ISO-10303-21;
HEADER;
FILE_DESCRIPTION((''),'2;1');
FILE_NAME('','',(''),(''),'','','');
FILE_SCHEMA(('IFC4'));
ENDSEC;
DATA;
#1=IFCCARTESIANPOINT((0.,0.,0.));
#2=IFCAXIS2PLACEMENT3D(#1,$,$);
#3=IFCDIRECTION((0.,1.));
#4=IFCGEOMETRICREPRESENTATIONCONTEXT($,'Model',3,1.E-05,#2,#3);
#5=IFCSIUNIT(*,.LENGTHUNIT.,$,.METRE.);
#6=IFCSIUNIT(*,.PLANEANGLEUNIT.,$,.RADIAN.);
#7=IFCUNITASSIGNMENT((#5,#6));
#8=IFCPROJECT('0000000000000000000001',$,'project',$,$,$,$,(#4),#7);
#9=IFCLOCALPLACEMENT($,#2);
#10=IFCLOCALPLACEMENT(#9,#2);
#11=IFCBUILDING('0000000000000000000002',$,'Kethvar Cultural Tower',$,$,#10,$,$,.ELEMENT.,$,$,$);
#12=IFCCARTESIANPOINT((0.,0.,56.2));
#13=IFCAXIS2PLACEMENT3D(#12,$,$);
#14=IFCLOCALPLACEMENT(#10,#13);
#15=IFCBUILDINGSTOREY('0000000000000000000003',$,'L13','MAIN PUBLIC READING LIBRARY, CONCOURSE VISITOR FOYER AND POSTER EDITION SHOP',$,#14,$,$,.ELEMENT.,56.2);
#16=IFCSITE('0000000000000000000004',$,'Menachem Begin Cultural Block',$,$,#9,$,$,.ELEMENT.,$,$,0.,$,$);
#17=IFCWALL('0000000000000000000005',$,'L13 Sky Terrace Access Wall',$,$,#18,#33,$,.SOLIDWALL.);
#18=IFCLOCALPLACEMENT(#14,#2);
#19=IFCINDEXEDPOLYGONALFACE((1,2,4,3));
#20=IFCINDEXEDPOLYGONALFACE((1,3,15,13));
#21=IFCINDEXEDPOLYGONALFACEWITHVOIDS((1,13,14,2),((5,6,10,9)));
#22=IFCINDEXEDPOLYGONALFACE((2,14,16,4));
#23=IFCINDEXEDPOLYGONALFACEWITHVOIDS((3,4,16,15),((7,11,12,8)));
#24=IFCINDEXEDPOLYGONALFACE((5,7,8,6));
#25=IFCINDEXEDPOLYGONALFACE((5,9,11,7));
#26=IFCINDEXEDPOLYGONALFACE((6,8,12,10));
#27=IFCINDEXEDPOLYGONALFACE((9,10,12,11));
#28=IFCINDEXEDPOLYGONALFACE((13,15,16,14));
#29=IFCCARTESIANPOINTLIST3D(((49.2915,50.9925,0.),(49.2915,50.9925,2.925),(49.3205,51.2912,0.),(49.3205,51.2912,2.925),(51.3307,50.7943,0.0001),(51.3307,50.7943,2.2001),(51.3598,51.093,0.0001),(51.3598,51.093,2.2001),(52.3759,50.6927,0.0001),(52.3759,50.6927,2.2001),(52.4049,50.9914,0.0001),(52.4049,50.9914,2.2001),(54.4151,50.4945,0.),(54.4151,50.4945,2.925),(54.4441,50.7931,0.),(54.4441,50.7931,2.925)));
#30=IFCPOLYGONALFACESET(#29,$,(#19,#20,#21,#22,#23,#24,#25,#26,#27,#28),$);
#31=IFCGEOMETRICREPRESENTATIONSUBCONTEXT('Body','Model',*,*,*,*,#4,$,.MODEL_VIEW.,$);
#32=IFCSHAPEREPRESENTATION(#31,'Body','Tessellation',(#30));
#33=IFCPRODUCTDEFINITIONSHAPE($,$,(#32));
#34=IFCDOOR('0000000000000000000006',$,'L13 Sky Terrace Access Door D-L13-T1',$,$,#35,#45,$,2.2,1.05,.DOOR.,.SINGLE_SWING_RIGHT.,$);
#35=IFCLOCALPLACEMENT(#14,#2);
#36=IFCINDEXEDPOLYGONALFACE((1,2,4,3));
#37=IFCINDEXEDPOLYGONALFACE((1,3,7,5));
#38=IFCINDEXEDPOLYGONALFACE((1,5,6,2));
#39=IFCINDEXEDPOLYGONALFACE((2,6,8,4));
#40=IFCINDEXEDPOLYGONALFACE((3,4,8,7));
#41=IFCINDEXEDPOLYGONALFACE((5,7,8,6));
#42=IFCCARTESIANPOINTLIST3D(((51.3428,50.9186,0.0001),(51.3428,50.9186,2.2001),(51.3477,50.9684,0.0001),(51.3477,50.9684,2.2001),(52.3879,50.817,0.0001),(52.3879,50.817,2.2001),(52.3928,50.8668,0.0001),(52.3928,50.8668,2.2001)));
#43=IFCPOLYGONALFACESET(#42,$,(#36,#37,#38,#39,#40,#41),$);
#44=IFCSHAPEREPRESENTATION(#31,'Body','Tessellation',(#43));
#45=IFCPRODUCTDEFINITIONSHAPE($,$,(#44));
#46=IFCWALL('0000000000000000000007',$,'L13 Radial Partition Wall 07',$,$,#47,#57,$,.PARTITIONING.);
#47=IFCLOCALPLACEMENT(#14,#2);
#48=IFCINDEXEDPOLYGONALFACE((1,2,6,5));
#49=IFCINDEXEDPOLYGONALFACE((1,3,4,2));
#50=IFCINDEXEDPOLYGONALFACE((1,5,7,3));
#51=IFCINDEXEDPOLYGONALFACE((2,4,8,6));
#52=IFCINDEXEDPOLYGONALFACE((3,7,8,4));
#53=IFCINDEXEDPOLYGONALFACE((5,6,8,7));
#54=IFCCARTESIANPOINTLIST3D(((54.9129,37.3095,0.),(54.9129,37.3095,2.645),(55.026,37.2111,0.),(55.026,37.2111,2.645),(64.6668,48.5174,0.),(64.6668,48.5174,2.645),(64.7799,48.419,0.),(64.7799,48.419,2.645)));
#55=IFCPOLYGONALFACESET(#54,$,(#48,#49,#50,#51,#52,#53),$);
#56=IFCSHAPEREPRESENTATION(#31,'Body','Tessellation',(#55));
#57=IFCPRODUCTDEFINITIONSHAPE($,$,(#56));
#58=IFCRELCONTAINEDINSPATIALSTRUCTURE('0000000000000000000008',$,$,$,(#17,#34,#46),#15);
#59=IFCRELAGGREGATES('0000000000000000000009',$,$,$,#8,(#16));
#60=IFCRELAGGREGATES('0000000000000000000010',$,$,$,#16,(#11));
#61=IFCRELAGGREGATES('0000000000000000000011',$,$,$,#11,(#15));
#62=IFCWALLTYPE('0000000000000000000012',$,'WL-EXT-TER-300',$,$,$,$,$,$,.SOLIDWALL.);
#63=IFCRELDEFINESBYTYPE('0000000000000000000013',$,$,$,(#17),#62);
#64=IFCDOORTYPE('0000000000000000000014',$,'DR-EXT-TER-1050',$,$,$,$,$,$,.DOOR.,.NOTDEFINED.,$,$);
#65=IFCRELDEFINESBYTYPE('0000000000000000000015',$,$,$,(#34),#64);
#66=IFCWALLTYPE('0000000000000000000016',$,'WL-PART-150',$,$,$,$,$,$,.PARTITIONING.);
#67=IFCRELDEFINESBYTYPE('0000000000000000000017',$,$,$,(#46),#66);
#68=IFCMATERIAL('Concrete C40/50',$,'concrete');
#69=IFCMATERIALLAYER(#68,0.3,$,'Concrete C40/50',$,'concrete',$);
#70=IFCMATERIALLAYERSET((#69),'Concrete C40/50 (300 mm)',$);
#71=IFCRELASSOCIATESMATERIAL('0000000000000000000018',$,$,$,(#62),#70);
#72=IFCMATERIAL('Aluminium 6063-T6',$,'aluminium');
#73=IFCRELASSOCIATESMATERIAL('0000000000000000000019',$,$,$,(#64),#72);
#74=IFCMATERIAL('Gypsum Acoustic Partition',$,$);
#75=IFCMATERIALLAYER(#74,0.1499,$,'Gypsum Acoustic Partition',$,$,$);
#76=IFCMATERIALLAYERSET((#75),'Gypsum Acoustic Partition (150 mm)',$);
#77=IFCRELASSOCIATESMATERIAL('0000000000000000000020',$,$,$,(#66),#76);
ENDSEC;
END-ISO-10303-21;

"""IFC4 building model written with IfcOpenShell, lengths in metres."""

from ifc_helpers import new_model, si_unit, direction, frame, frame_2d, origin, place, context, subcontext, project, spatial, rectangle, extrude, source, transform, mapped, material, layer, layer_set, type_object, element, fill, save


model = new_model("IFC4")

# Units and contexts
model_context = context("Model", 3, precision=1e-05, world=origin(), true_north=direction((0.0, 1.0)))
body_context = subcontext(model_context, "Body", "Model", "MODEL_VIEW")
ifc_project = project(units=[si_unit("LENGTHUNIT", "METRE"), si_unit("PLANEANGLEUNIT", "RADIAN")], contexts=[model_context])

# Site, building, storey
site_placement = place(None, origin())
site = spatial("IfcSite", under=ifc_project, at=site_placement, Name="Menachem Begin Cultural Block", CompositionType="ELEMENT", RefElevation=0.0)
building_placement = place(site_placement, origin())
building = spatial("IfcBuilding", under=site, at=building_placement, Name="Kethvar Cultural Tower", CompositionType="ELEMENT")
storey_placement = place(building_placement, frame((0.0, 0.0, 56.2)))
storey = spatial("IfcBuildingStorey", under=building, at=storey_placement, Name="L13", Description="MAIN PUBLIC READING LIBRARY, CONCOURSE VISITOR FOYER AND POSTER EDITION SHOP", CompositionType="ELEMENT", Elevation=56.2)

# Shared definitions
ifc_material_1 = material(Name="Aluminium 6063-T6", Category="aluminium")

# Wall, opening, door
ifc_material_2 = material(Name="Concrete C40/50", Category="concrete")
ifc_layer_1 = layer(ifc_material_2, 0.3, Name="Concrete C40/50", Category="concrete")
ifc_layer_set_1 = layer_set([ifc_layer_1], Name="Concrete C40/50 (300 mm)")
wall_type_1 = type_object("IfcWallType", Name="WL-EXT-TER-300", PredefinedType="SOLIDWALL", material=ifc_layer_set_1)
wall_1_placement = place(storey_placement, frame((49.3062, 51.1418, 0.0), z_axis=(0.0, 0.0, 1.0), x_axis=(0.995309, -0.096752, 0.0)))
wall_1 = element("IfcWall", 1, at=wall_1_placement, inside=storey, type_object=wall_type_1, Name="L13 Sky Terrace Access Wall", PredefinedType="SOLIDWALL", context=body_context, shape_type="SweptSolid", body=[
    extrude(rectangle(XDim=5.1477, YDim=0.3, at=frame_2d((2.5737, 0.0))), origin(), (0.0, 0.0, 1.0), 2.925),
])
opening_1_placement = place(wall_1_placement, frame((2.0488, 0.0, 0.0)))
opening_1 = element("IfcOpeningElement", 2, at=opening_1_placement, cuts=wall_1, PredefinedType="OPENING", context=body_context, shape_type="SweptSolid", body=[
    extrude(rectangle(XDim=1.05, YDim=2.2, at=frame_2d((0.5249, 1.1001))), frame((0.0, 0.1599, 0.0), z_axis=(0.0, -1.0, 0.0), x_axis=(1.0, 0.0, 0.0)), (0.0, 0.0, 1.0), 0.3201),
])
door_type_1 = type_object("IfcDoorType", Name="DR-EXT-TER-1050", OperationType="NOTDEFINED", PredefinedType="DOOR", material=ifc_material_1)
shared_shape_1 = source(origin(), body_context, "Body", "SweptSolid", [
    extrude(rectangle(XDim=1.05, YDim=2.2, at=frame_2d((0.5249, 1.1001))), frame((0.0, 0.0249, 0.0), z_axis=(0.0, -1.0, 0.0), x_axis=(1.0, 0.0, 0.0)), (0.0, 0.0, 1.0), 0.05),
])
door_1_placement = place(opening_1_placement, origin())
door_1 = element("IfcDoor", 3, at=door_1_placement, inside=storey, type_object=door_type_1, Name="L13 Sky Terrace Access Door D-L13-T1", OperationType="SINGLE_SWING_RIGHT", OverallHeight=2.2, OverallWidth=1.05, PredefinedType="DOOR", context=body_context, shape_type="MappedRepresentation", body=[
    mapped(shared_shape_1, transform((0.0, 0.0, 0.0), scale=1.0)),
])
fill(opening_1, door_1)

# Wall
ifc_material_3 = material(Name="Gypsum Acoustic Partition")
ifc_layer_2 = layer(ifc_material_3, 0.1499, Name="Gypsum Acoustic Partition")
ifc_layer_set_2 = layer_set([ifc_layer_2], Name="Gypsum Acoustic Partition (150 mm)")
wall_type_2 = type_object("IfcWallType", Name="WL-PART-150", PredefinedType="PARTITIONING", material=ifc_layer_set_2)
wall_2_placement = place(storey_placement, frame((54.9695, 37.2603, 0.0), z_axis=(0.0, 0.0, 1.0), x_axis=(0.656478, 0.754345, 0.0)))
element("IfcWall", 4, at=wall_2_placement, inside=storey, type_object=wall_type_2, Name="L13 Radial Partition Wall 07", PredefinedType="PARTITIONING", context=body_context, shape_type="SweptSolid", body=[
    extrude(rectangle(XDim=14.8579, YDim=0.1499, at=frame_2d((7.429, 0.0))), origin(), (0.0, 0.0, 1.0), 2.645),
])

save(model, "model.ifc")
